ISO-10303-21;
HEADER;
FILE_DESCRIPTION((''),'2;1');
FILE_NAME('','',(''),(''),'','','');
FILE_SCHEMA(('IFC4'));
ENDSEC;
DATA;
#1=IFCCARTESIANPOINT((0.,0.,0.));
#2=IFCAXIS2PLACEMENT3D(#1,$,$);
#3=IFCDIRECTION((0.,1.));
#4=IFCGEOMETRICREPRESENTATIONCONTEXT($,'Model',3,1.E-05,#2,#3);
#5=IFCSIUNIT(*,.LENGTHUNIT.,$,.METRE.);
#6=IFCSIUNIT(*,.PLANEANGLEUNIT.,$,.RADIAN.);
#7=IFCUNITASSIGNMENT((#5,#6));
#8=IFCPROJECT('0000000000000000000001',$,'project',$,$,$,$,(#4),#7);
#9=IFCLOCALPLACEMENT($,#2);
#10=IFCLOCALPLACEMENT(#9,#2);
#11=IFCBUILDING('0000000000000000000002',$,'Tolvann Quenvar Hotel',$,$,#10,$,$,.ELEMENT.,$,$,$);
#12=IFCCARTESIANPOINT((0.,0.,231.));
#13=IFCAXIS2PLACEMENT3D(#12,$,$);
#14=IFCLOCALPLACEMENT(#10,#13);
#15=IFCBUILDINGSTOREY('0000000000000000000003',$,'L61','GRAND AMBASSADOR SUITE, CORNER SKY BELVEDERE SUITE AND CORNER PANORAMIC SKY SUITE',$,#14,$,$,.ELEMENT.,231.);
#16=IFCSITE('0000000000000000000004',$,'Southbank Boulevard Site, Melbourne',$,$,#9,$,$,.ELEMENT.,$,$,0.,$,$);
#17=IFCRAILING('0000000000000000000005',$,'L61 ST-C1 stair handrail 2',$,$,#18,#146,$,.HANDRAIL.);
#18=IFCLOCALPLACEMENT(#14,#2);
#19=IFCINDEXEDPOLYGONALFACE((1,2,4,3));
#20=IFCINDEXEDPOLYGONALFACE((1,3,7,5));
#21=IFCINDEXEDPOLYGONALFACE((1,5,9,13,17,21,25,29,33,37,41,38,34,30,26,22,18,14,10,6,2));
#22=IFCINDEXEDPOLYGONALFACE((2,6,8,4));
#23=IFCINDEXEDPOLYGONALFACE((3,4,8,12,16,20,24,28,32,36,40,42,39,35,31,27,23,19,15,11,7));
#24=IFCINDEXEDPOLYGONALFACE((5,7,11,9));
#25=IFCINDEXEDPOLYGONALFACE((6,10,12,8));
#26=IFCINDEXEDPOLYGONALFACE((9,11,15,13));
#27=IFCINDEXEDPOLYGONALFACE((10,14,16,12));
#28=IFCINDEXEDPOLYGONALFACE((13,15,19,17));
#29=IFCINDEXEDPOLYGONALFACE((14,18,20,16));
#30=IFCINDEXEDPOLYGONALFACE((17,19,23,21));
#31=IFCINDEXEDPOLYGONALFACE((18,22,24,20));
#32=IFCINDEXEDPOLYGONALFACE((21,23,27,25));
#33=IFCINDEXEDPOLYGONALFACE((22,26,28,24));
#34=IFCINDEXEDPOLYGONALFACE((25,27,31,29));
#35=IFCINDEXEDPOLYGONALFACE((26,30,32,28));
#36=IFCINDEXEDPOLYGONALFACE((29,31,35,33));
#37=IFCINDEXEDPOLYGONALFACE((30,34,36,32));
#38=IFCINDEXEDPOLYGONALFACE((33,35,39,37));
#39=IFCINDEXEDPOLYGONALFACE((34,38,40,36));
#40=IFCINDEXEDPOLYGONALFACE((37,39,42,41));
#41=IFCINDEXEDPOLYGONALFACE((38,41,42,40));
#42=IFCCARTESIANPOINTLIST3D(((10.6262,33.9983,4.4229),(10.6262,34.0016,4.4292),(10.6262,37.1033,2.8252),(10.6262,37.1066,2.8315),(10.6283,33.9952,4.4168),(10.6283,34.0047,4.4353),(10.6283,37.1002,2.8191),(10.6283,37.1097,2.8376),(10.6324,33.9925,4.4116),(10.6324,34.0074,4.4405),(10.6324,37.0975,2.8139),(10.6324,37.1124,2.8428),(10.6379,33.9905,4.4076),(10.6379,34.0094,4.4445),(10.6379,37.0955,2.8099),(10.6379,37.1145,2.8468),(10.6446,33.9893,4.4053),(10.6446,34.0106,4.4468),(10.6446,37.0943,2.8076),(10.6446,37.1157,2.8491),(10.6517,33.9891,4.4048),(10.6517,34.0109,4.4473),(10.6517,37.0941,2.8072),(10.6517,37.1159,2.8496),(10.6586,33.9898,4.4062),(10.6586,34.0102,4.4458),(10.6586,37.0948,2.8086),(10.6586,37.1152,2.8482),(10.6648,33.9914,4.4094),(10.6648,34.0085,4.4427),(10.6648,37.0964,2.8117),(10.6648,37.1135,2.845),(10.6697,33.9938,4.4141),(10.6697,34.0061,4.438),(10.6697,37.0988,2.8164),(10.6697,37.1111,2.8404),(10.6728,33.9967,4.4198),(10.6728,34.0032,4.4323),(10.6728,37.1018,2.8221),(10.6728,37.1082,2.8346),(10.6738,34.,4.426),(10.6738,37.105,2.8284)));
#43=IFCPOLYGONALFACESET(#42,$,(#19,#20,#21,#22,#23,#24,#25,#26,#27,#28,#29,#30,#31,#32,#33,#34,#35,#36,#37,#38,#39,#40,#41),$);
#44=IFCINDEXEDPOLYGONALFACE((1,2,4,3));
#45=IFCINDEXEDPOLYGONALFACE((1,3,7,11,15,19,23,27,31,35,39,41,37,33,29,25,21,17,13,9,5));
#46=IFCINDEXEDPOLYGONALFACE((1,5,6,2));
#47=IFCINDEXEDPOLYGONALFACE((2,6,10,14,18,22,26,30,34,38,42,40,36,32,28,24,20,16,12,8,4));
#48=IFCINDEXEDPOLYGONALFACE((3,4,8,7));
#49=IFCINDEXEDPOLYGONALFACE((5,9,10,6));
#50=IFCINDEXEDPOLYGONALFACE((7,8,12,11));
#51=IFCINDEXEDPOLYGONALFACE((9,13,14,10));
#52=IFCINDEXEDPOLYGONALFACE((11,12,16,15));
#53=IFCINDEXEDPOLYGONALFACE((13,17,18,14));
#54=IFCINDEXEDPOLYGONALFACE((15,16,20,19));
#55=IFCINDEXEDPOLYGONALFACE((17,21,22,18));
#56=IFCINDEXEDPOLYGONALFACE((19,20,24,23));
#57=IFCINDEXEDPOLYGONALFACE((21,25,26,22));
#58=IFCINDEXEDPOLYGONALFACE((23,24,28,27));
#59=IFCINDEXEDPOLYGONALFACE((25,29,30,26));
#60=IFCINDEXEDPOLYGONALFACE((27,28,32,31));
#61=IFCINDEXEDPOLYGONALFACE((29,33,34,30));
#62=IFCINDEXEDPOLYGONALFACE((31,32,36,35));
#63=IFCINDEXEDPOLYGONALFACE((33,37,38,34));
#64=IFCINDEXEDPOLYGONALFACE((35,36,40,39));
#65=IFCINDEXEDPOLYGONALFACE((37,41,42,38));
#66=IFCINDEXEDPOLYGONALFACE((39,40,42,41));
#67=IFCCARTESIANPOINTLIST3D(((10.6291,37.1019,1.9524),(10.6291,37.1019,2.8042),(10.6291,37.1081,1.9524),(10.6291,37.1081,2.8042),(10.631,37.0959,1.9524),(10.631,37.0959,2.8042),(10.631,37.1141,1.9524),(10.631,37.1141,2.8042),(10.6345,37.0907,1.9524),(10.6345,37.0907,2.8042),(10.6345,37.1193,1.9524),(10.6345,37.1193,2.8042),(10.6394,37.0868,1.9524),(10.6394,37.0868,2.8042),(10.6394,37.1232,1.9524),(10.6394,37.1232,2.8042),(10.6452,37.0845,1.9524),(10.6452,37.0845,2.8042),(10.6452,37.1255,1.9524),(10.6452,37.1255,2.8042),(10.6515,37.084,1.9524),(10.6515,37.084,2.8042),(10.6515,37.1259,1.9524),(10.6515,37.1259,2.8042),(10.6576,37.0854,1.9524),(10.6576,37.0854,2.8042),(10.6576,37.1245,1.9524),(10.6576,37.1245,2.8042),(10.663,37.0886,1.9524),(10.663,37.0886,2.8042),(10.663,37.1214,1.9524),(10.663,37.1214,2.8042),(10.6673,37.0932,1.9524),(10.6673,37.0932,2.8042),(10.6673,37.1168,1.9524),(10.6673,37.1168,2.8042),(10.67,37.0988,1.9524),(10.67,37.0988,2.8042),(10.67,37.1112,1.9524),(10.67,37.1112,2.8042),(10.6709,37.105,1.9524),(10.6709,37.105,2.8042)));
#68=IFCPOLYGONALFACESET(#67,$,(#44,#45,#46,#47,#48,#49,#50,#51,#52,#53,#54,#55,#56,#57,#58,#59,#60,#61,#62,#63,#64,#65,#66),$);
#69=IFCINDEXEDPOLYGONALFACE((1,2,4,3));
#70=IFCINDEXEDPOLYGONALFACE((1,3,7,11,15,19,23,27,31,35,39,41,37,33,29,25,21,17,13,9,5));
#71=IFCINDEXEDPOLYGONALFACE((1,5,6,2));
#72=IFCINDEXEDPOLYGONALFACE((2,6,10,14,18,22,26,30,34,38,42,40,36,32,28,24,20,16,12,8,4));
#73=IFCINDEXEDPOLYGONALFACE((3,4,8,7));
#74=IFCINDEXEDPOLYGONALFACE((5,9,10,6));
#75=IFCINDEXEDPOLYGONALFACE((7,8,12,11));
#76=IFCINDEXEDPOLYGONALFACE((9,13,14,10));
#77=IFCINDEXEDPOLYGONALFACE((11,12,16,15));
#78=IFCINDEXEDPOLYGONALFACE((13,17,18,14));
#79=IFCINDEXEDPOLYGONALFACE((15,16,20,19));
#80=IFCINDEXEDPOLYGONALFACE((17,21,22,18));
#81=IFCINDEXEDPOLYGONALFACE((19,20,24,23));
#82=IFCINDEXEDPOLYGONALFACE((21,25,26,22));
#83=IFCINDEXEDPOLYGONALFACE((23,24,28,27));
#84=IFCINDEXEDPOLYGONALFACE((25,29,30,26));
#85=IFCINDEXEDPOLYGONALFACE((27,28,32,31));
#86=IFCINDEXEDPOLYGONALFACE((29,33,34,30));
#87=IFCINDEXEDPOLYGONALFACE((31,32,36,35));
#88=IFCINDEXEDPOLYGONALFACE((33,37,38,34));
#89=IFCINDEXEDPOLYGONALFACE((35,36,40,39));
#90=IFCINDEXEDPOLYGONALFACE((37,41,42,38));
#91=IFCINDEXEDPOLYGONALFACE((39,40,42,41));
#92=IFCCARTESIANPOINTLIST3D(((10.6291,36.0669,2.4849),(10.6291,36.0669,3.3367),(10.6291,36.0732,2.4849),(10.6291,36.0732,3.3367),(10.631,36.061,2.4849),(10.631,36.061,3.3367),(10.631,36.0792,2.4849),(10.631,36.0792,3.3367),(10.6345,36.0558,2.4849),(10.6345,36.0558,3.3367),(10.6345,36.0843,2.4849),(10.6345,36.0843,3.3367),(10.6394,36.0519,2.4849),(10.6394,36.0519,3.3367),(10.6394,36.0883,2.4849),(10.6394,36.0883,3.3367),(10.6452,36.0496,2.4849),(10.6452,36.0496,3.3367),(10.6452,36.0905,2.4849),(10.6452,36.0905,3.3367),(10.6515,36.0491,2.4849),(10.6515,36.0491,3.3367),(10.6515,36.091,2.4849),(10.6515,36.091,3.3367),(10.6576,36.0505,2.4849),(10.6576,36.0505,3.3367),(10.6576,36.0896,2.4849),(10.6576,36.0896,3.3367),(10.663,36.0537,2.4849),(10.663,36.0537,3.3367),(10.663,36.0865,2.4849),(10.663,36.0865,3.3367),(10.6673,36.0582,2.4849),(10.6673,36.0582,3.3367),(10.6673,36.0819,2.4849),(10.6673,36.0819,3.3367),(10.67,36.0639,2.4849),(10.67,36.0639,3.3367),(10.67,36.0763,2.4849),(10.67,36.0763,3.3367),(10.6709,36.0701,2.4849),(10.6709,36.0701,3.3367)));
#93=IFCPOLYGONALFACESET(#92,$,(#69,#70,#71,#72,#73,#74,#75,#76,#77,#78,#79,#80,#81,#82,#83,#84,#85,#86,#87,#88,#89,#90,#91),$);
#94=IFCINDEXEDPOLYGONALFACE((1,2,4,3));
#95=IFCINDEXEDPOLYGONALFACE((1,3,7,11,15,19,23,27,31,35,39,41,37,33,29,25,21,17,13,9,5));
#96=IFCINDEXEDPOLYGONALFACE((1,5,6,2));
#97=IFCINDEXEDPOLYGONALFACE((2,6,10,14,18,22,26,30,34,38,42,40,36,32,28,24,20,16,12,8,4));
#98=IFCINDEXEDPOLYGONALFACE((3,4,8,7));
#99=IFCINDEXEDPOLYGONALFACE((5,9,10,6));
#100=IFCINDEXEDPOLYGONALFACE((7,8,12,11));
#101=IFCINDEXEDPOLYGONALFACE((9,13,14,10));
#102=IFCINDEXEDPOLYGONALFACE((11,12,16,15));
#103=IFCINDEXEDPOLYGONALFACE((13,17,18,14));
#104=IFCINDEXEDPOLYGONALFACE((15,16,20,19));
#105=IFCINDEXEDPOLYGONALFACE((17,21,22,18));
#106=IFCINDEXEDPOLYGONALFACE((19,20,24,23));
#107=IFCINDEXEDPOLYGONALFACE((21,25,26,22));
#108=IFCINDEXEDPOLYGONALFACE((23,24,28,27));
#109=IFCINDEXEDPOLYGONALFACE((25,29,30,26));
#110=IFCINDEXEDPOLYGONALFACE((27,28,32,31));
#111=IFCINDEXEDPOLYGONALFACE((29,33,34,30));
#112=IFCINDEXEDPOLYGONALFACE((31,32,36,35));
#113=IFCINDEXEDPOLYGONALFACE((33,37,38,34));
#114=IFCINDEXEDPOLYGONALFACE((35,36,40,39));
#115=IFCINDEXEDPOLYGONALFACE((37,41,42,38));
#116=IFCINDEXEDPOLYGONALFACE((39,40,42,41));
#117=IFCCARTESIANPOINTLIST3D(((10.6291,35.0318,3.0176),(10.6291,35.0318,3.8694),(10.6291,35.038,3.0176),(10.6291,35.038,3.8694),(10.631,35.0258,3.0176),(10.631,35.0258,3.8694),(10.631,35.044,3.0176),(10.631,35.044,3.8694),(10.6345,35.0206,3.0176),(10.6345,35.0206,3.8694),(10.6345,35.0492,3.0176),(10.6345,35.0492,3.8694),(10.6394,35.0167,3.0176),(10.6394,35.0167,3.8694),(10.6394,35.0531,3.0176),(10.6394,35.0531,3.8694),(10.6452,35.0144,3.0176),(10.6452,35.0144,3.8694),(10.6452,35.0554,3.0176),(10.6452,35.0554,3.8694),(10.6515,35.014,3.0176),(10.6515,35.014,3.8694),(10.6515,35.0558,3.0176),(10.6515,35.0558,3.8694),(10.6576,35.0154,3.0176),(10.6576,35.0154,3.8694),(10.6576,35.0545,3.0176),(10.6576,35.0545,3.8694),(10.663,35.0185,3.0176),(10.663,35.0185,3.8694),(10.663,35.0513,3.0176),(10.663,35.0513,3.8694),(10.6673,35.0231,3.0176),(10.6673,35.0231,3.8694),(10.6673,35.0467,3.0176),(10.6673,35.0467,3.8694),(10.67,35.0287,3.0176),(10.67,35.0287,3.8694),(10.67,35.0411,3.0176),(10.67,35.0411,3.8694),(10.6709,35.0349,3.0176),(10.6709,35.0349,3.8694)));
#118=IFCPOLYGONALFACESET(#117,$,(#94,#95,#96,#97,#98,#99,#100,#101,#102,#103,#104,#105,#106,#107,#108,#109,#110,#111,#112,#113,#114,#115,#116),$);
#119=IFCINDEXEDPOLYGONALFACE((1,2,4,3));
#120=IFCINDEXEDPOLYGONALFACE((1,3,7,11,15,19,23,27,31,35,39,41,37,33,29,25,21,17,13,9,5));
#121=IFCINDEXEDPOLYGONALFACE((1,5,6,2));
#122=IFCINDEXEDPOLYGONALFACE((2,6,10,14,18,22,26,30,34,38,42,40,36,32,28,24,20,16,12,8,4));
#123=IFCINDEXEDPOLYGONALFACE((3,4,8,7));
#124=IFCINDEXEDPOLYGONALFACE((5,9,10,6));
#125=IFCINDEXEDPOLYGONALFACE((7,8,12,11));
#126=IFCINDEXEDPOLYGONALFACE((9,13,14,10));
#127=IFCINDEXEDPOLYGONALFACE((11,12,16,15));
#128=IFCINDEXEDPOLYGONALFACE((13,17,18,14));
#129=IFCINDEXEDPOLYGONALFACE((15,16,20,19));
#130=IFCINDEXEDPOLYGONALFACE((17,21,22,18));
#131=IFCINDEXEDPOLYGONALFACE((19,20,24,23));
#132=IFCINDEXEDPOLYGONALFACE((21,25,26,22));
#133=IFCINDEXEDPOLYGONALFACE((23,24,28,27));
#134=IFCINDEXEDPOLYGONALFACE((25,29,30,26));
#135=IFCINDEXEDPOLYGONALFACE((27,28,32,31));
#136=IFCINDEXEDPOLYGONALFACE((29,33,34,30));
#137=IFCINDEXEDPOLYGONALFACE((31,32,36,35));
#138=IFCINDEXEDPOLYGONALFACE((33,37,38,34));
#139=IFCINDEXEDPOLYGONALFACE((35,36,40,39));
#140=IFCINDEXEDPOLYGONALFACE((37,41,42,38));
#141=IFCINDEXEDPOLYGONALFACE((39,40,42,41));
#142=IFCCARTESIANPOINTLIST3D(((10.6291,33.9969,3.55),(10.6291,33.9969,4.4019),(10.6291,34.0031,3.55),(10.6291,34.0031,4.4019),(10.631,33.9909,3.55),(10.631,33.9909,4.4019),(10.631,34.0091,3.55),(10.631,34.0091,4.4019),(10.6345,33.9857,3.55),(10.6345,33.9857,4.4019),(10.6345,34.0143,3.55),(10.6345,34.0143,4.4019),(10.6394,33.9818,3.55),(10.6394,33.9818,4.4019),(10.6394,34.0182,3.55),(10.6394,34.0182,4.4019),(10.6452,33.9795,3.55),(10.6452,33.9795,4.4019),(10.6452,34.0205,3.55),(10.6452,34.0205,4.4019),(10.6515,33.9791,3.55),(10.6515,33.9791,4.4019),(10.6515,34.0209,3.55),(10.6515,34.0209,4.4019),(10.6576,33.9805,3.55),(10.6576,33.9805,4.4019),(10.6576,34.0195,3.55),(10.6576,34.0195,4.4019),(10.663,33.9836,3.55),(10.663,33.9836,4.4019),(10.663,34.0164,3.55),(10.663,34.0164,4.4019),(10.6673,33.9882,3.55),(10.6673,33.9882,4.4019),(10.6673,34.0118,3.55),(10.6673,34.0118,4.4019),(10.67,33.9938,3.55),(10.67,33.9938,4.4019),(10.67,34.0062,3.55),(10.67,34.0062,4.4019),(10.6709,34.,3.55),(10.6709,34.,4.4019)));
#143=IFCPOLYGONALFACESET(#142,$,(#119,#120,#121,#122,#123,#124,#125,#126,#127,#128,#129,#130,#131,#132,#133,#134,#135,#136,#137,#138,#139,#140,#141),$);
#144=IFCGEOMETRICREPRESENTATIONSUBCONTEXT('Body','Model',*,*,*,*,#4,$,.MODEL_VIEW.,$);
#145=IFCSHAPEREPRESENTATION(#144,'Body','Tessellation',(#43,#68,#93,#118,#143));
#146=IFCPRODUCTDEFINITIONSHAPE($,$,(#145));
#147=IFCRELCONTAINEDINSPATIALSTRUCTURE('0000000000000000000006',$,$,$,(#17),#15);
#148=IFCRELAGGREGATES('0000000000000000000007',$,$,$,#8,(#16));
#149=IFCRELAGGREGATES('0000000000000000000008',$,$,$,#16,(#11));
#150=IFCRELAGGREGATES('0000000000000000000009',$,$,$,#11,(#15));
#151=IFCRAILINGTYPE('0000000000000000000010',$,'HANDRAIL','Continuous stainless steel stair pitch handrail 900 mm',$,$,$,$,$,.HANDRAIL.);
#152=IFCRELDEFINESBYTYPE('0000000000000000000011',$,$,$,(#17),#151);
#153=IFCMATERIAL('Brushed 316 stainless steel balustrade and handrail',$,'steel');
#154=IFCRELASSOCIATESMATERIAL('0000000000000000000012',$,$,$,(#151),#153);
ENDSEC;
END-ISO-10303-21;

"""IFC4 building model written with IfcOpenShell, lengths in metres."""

from ifc_helpers import new_model, si_unit, direction, frame, origin, origin_2d, place, context, subcontext, project, spatial, circle, extrude, material, type_object, element, save


model = new_model("IFC4")

# Units and contexts
model_context = context("Model", 3, precision=1e-05, world=origin(), true_north=direction((0.0, 1.0)))
body_context = subcontext(model_context, "Body", "Model", "MODEL_VIEW")
ifc_project = project(units=[si_unit("LENGTHUNIT", "METRE"), si_unit("PLANEANGLEUNIT", "RADIAN")], contexts=[model_context])

# Site, building, storey
site_placement = place(None, origin())
site = spatial("IfcSite", under=ifc_project, at=site_placement, Name="Southbank Boulevard Site, Melbourne", CompositionType="ELEMENT", RefElevation=0.0)
building_placement = place(site_placement, origin())
building = spatial("IfcBuilding", under=site, at=building_placement, Name="Tolvann Quenvar Hotel", CompositionType="ELEMENT")
storey_placement = place(building_placement, frame((0.0, 0.0, 231.0)))
storey = spatial("IfcBuildingStorey", under=building, at=storey_placement, Name="L61", Description="GRAND AMBASSADOR SUITE, CORNER SKY BELVEDERE SUITE AND CORNER PANORAMIC SKY SUITE", CompositionType="ELEMENT", Elevation=231.0)

# Railing
ifc_material_1 = material(Name="Brushed 316 stainless steel balustrade and handrail", Category="steel")
railing_type_1 = type_object("IfcRailingType", Name="HANDRAIL", Description="Continuous stainless steel stair pitch handrail 900 mm", PredefinedType="HANDRAIL", material=ifc_material_1)
railing_1_placement = place(storey_placement, frame((10.6499, 37.105, 1.9524)))
element("IfcRailing", 1, at=railing_1_placement, inside=storey, type_object=railing_type_1, Name="L61 ST-C1 stair handrail 2", PredefinedType="HANDRAIL", context=body_context, shape_type="SweptSolid", body=[
    extrude(circle(Radius=0.0239, at=origin_2d()), frame((0.0, 0.0, 0.876), z_axis=(0.0, -0.889194, 0.457531), x_axis=(1.0, 0.0, 0.0)), (0.0, 0.0, 1.0), 3.4919),
    extrude(circle(Radius=0.021, at=origin_2d()), origin(), (0.0, 0.0, 1.0), 0.8518),
    extrude(circle(Radius=0.021, at=origin_2d()), frame((0.0, -1.0349, 0.5325)), (0.0, 0.0, 1.0), 0.8518),
    extrude(circle(Radius=0.021, at=origin_2d()), frame((0.0, -2.0701, 1.0652)), (0.0, 0.0, 1.0), 0.8518),
    extrude(circle(Radius=0.021, at=origin_2d()), frame((0.0, -3.105, 1.5977)), (0.0, 0.0, 1.0), 0.8518),
])

save(model, "model.ifc")
